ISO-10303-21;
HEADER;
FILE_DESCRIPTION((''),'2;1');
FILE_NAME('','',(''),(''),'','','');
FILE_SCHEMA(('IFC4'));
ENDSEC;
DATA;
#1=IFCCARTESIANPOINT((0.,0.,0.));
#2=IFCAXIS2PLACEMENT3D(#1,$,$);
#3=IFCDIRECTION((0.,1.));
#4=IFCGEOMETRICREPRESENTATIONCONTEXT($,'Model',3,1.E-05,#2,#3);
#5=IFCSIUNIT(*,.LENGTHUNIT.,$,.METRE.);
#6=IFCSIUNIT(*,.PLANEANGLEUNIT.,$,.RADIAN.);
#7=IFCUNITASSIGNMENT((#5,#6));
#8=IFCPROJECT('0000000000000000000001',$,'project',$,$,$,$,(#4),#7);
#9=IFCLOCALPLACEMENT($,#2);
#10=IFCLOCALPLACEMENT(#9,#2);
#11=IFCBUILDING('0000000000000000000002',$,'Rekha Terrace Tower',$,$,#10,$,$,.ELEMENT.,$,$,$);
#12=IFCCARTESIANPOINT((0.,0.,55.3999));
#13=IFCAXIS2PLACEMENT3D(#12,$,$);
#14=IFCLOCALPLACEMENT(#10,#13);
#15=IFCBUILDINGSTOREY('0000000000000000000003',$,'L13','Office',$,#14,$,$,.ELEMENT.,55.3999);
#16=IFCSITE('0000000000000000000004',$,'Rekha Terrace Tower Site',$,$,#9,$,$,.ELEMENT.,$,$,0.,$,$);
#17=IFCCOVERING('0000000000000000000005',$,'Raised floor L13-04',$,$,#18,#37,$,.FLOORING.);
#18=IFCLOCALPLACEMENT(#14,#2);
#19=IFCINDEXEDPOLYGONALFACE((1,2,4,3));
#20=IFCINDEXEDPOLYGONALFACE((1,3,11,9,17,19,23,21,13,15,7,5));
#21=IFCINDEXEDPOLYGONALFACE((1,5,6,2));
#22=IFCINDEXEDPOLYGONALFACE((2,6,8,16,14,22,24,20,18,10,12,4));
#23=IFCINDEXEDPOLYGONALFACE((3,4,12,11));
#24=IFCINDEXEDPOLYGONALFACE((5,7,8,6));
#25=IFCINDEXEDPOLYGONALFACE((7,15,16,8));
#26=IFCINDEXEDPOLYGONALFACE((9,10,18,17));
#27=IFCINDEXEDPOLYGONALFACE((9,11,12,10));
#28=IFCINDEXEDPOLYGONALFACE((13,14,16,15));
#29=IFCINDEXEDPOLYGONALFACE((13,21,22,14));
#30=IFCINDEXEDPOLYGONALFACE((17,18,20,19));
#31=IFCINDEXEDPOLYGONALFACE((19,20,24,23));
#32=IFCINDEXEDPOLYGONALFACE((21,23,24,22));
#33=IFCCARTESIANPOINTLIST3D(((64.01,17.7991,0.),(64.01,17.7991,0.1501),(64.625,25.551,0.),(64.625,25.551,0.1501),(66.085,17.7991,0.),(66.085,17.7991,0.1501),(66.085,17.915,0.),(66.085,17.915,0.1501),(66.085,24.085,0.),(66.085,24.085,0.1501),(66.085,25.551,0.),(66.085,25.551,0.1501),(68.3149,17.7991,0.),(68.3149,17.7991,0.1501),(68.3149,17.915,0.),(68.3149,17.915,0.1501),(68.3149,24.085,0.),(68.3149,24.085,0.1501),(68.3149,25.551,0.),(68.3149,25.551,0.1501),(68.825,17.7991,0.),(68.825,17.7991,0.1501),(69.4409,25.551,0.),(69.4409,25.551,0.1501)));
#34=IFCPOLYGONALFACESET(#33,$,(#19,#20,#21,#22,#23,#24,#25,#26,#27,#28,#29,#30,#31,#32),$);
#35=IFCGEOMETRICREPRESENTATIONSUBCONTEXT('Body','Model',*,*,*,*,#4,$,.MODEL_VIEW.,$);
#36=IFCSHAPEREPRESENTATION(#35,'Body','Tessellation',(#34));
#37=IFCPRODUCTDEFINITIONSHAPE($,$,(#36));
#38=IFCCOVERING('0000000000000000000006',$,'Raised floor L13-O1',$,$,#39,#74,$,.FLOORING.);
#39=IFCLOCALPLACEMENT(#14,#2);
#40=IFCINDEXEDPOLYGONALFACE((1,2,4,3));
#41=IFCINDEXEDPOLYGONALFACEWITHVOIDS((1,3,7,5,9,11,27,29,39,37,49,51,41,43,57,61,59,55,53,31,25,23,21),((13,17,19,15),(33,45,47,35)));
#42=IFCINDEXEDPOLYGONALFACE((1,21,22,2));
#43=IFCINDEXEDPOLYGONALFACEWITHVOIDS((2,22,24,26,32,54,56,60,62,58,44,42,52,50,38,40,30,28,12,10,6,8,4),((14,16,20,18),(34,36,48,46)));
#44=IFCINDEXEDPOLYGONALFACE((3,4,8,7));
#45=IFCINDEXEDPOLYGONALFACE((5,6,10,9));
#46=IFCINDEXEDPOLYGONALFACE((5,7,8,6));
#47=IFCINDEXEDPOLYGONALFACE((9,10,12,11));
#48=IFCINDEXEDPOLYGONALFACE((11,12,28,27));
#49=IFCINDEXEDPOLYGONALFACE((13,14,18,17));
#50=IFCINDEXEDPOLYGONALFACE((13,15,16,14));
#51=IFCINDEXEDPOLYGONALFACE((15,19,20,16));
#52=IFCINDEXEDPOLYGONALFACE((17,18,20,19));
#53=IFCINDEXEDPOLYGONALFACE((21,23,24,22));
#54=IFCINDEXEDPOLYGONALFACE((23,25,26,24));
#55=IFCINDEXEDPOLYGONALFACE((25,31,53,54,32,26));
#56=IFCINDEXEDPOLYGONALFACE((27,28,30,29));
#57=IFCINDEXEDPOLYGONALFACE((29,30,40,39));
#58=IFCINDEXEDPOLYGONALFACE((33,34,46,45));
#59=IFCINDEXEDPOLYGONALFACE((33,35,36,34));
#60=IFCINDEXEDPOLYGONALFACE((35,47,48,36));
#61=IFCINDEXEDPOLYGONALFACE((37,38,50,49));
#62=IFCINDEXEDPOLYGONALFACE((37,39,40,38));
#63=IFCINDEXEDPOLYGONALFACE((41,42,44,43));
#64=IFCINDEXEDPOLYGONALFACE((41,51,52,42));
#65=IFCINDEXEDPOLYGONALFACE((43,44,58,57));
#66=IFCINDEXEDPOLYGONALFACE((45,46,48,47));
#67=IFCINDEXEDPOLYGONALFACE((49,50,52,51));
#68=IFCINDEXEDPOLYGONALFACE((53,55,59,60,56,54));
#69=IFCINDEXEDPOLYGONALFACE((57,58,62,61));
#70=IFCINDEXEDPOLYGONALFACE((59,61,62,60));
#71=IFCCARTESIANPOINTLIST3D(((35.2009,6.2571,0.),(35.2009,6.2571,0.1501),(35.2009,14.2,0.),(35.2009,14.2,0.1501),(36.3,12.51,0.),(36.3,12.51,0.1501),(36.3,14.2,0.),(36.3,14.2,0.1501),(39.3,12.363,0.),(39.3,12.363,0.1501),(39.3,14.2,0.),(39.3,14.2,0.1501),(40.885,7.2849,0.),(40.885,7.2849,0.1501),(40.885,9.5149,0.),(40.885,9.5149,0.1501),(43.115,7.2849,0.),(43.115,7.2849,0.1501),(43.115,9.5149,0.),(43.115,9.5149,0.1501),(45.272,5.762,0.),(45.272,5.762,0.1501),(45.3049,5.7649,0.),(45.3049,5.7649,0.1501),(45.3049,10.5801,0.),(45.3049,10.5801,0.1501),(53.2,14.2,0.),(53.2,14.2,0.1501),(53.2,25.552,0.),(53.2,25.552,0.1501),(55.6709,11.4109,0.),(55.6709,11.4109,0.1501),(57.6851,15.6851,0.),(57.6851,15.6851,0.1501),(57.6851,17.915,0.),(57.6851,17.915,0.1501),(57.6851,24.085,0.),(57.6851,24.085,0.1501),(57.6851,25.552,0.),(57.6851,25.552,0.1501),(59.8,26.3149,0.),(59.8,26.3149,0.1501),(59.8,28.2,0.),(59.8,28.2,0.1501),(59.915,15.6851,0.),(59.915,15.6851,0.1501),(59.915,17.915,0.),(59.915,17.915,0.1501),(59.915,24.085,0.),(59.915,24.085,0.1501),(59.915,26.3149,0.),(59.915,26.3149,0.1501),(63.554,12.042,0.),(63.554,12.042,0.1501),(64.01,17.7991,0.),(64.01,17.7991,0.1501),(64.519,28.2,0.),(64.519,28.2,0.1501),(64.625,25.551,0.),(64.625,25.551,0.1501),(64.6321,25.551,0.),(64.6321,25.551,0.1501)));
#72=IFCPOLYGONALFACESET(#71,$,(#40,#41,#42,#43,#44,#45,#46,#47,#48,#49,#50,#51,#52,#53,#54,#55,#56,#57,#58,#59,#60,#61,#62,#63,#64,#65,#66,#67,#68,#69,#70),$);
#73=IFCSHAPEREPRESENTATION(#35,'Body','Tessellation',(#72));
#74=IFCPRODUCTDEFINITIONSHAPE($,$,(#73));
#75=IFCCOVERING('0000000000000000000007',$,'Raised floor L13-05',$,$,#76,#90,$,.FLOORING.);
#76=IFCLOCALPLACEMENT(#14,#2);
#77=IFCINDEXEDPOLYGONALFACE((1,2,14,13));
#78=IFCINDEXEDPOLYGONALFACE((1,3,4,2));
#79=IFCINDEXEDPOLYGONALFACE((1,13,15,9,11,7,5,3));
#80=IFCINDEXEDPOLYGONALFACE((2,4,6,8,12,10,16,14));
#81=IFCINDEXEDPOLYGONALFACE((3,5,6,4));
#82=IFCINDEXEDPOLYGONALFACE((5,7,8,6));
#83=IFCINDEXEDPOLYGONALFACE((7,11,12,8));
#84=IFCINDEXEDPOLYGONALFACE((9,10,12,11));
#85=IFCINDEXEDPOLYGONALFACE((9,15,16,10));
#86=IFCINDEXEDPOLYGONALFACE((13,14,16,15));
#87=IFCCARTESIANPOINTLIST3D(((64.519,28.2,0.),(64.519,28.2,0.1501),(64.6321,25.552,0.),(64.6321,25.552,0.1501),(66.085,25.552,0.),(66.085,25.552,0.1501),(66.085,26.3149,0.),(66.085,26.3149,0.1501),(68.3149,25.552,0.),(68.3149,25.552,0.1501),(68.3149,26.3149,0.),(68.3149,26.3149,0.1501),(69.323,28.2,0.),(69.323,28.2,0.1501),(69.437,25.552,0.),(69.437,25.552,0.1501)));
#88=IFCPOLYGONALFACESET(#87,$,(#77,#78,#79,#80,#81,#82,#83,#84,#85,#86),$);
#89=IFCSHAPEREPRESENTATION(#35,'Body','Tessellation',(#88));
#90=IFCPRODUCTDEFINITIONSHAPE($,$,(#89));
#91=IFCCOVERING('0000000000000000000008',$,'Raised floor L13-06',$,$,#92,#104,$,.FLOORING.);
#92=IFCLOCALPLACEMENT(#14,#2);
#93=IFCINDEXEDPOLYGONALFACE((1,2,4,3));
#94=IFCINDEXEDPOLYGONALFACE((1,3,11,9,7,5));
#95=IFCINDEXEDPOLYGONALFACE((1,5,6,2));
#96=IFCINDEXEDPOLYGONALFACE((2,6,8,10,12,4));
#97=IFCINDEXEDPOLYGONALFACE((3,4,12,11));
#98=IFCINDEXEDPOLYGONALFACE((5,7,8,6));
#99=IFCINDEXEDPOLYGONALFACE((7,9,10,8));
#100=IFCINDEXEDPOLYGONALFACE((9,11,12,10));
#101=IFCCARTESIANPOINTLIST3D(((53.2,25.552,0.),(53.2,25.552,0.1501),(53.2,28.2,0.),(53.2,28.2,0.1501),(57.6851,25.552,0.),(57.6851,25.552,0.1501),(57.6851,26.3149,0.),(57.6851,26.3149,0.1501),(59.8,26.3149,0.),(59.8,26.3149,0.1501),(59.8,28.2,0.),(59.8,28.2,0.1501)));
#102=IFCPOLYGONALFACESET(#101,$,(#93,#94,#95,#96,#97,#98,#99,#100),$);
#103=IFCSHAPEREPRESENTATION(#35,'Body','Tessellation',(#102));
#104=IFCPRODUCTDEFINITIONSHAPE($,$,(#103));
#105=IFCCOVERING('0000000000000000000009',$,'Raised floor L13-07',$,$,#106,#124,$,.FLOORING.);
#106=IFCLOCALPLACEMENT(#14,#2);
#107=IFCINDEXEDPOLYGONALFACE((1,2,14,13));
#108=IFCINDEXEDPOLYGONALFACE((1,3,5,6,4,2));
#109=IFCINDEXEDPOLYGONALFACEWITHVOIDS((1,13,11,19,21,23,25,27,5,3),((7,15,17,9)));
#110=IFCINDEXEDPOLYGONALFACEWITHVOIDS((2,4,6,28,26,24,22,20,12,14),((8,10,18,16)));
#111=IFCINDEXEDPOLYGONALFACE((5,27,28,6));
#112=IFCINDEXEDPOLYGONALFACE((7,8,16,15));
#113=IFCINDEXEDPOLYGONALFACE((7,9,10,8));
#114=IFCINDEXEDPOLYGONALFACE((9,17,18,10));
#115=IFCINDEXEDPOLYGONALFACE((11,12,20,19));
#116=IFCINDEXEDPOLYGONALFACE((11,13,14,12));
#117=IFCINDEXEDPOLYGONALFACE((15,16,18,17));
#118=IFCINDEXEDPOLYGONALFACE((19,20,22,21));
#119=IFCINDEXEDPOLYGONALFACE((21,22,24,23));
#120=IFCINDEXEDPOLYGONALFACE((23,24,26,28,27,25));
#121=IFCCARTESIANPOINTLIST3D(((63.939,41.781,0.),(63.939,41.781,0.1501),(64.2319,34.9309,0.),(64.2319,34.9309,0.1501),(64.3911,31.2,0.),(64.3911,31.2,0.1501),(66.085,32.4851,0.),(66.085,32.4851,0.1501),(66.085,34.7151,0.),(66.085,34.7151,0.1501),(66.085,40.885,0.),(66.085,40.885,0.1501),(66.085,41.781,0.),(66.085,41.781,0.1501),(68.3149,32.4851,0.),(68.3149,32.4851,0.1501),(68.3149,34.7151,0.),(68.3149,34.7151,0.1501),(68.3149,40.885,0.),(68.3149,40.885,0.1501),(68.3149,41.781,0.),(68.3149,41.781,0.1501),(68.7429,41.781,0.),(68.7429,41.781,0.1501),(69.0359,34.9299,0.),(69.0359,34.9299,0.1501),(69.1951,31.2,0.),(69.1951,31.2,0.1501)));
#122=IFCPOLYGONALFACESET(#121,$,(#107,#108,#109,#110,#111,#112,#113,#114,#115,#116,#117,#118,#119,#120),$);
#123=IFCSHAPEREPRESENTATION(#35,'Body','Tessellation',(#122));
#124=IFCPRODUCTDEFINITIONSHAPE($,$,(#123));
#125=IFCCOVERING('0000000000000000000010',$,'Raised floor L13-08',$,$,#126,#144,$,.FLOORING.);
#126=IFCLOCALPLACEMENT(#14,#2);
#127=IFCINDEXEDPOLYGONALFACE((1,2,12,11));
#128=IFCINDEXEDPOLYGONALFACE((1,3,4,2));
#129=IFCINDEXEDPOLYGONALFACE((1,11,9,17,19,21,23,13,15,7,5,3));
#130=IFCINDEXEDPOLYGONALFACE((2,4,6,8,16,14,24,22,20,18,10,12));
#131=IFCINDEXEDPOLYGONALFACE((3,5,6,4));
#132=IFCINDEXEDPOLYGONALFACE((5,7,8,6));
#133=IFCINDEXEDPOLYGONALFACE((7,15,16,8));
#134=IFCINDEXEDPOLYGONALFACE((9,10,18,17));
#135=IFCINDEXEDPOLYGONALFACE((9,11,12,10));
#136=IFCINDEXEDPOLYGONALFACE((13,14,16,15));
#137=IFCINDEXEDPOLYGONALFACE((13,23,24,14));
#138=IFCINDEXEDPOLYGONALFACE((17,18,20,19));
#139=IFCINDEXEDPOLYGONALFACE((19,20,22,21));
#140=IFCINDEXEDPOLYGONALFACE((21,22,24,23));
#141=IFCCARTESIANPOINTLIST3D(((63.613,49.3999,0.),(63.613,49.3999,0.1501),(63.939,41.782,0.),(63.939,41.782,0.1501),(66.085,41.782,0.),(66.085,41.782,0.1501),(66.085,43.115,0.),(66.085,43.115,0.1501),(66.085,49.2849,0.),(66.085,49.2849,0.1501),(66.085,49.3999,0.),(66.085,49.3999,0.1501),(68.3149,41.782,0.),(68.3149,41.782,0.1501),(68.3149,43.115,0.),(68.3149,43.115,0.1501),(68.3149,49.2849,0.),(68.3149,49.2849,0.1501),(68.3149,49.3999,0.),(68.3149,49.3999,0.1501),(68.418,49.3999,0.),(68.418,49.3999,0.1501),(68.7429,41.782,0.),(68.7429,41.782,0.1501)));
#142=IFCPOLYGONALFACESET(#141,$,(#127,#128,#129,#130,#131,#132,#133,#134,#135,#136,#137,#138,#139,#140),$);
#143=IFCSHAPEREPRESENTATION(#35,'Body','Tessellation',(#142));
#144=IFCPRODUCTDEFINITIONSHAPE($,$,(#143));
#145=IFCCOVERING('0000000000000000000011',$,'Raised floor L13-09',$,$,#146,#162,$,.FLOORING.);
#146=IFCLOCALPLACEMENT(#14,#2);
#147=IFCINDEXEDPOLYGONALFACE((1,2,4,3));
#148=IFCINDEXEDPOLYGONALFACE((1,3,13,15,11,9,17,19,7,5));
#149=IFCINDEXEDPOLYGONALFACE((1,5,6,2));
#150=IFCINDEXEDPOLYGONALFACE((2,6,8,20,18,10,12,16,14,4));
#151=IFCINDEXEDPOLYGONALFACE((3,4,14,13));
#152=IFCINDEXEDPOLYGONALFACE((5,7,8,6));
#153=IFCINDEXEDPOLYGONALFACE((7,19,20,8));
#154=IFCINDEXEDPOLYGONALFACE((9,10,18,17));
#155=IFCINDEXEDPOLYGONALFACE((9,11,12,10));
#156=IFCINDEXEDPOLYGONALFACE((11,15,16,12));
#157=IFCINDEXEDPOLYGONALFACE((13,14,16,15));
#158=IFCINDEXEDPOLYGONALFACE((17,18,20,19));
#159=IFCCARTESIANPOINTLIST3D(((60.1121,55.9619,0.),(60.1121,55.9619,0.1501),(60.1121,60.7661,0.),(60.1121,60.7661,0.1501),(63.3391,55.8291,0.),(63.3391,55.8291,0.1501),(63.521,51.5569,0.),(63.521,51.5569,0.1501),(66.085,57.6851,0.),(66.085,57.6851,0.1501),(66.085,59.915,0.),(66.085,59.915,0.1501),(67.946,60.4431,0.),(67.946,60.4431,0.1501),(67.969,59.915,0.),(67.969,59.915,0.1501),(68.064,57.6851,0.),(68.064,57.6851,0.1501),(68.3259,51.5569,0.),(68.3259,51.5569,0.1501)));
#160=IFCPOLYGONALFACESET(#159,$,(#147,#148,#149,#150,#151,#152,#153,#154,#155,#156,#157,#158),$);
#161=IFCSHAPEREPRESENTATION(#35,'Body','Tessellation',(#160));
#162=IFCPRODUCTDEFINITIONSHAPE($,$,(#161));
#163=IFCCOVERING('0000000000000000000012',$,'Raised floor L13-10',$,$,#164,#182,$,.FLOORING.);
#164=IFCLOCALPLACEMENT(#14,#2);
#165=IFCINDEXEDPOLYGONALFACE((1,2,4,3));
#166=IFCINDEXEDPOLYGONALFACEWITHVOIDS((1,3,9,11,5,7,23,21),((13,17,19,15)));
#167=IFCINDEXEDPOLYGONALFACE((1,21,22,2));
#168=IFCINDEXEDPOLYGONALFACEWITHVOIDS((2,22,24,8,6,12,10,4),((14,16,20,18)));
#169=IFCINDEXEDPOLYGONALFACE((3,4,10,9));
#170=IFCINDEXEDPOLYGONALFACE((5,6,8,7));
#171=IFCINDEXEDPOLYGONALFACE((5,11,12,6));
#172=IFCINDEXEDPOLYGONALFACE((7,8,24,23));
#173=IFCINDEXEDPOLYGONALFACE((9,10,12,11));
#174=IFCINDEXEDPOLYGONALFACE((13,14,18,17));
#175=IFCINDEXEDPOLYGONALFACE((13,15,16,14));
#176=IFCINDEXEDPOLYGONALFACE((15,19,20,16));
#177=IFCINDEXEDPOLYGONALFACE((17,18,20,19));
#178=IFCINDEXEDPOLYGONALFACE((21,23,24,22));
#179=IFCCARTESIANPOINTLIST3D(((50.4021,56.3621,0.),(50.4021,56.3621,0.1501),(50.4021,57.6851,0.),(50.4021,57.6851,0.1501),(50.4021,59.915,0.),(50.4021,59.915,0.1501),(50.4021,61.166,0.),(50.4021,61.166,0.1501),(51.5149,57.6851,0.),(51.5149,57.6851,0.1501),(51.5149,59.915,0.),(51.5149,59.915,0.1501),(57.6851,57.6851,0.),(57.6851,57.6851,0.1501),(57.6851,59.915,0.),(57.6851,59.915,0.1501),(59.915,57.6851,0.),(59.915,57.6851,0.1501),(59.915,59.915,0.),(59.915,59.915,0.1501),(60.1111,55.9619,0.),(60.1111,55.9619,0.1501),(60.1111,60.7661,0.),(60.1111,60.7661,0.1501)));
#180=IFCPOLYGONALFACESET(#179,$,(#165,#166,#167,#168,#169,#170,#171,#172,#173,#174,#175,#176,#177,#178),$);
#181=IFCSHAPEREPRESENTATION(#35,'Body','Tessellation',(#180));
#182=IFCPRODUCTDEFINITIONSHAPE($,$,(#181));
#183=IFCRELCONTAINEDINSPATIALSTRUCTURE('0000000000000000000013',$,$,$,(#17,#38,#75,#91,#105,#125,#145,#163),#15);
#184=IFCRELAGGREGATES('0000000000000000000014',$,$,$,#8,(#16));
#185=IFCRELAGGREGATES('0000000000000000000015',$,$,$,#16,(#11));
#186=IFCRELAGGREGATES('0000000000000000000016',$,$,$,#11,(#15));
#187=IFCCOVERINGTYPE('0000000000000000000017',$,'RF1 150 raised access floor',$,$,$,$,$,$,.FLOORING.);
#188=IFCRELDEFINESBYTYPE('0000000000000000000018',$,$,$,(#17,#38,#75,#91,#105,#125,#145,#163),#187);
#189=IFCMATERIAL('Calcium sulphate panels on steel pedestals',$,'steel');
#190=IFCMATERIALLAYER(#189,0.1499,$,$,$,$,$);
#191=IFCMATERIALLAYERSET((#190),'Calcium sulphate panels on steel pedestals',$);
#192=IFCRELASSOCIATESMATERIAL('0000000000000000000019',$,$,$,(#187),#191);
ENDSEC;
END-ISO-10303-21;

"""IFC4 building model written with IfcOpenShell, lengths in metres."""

from ifc_helpers import new_model, si_unit, direction, frame, origin, place, context, subcontext, project, spatial, polyline, outline, extrude, material, layer, layer_set, type_object, element, save


model = new_model("IFC4")

# Units and contexts
model_context = context("Model", 3, precision=1e-05, world=origin(), true_north=direction((0.0, 1.0)))
body_context = subcontext(model_context, "Body", "Model", "MODEL_VIEW")
ifc_project = project(units=[si_unit("LENGTHUNIT", "METRE"), si_unit("PLANEANGLEUNIT", "RADIAN")], contexts=[model_context])

# Site, building, storey
site_placement = place(None, origin())
site = spatial("IfcSite", under=ifc_project, at=site_placement, Name="Rekha Terrace Tower Site", CompositionType="ELEMENT", RefElevation=0.0)
building_placement = place(site_placement, origin())
building = spatial("IfcBuilding", under=site, at=building_placement, Name="Rekha Terrace Tower", CompositionType="ELEMENT")
storey_placement = place(building_placement, frame((0.0, 0.0, 55.3999)))
storey = spatial("IfcBuildingStorey", under=building, at=storey_placement, Name="L13", Description="Office", CompositionType="ELEMENT", Elevation=55.3999)

# Coverings
ifc_material_1 = material(Name="Calcium sulphate panels on steel pedestals", Category="steel")
ifc_layer_1 = layer(ifc_material_1, 0.1499)
ifc_layer_set_1 = layer_set([ifc_layer_1], Name="Calcium sulphate panels on steel pedestals")
covering_type_1 = type_object("IfcCoveringType", Name="RF1 150 raised access floor", PredefinedType="FLOORING", material=ifc_layer_set_1)
covering_1_placement = place(storey_placement, origin())
element("IfcCovering", 1, at=covering_1_placement, inside=storey, type_object=covering_type_1, Name="Raised floor L13-04", PredefinedType="FLOORING", context=body_context, shape_type="SweptSolid", body=[
    extrude(outline(polyline([(68.3149, 17.915), (68.3149, 17.7991), (68.825, 17.7991), (69.4409, 25.551), (68.3149, 25.551), (68.3149, 24.085), (66.085, 24.085), (66.085, 25.551), (64.625, 25.551), (64.01, 17.7991), (66.085, 17.7991), (66.085, 17.915), (68.3149, 17.915)])), origin(), (0.0, 0.0, 1.0), 0.1501),
])
covering_2_placement = place(storey_placement, origin())
element("IfcCovering", 2, at=covering_2_placement, inside=storey, type_object=covering_type_1, Name="Raised floor L13-O1", PredefinedType="FLOORING", context=body_context, shape_type="SweptSolid", body=[
    extrude(outline(polyline([(45.3049, 10.5801), (55.6709, 11.4109), (63.554, 12.042), (64.01, 17.7991), (64.625, 25.551), (64.6321, 25.551), (64.519, 28.2), (59.8, 28.2), (59.8, 26.3149), (59.915, 26.3149), (59.915, 24.085), (57.6851, 24.085), (57.6851, 25.552), (53.2, 25.552), (53.2, 14.2), (39.3, 14.2), (39.3, 12.363), (36.3, 12.51), (36.3, 14.2), (35.2009, 14.2), (35.2009, 6.2571), (45.272, 5.762), (45.3049, 5.7649), (45.3049, 10.5801)]), holes=[polyline([(59.915, 17.915), (59.915, 15.6851), (57.6851, 15.6851), (57.6851, 17.915), (59.915, 17.915)]), polyline([(43.115, 7.2849), (40.885, 7.2849), (40.885, 9.5149), (43.115, 9.5149), (43.115, 7.2849)])]), origin(), (0.0, 0.0, 1.0), 0.1501),
])
covering_3_placement = place(storey_placement, origin())
element("IfcCovering", 3, at=covering_3_placement, inside=storey, type_object=covering_type_1, Name="Raised floor L13-05", PredefinedType="FLOORING", context=body_context, shape_type="SweptSolid", body=[
    extrude(outline(polyline([(69.437, 25.552), (69.323, 28.2), (64.519, 28.2), (64.6321, 25.552), (66.085, 25.552), (66.085, 26.3149), (68.3149, 26.3149), (68.3149, 25.552), (69.437, 25.552)])), origin(), (0.0, 0.0, 1.0), 0.1501),
])
covering_4_placement = place(storey_placement, origin())
element("IfcCovering", 4, at=covering_4_placement, inside=storey, type_object=covering_type_1, Name="Raised floor L13-06", PredefinedType="FLOORING", context=body_context, shape_type="SweptSolid", body=[
    extrude(outline(polyline([(59.8, 26.3149), (59.8, 28.2), (53.2, 28.2), (53.2, 25.552), (57.6851, 25.552), (57.6851, 26.3149), (59.8, 26.3149)])), origin(), (0.0, 0.0, 1.0), 0.1501),
])
covering_5_placement = place(storey_placement, origin())
element("IfcCovering", 5, at=covering_5_placement, inside=storey, type_object=covering_type_1, Name="Raised floor L13-07", PredefinedType="FLOORING", context=body_context, shape_type="SweptSolid", body=[
    extrude(outline(polyline([(69.1951, 31.2), (69.0359, 34.9299), (68.7429, 41.781), (68.3149, 41.781), (68.3149, 40.885), (66.085, 40.885), (66.085, 41.781), (63.939, 41.781), (64.2319, 34.9309), (64.3911, 31.2), (69.1951, 31.2)]), holes=[polyline([(68.3149, 32.4851), (66.085, 32.4851), (66.085, 34.7151), (68.3149, 34.7151), (68.3149, 32.4851)])]), origin(), (0.0, 0.0, 1.0), 0.1501),
])
covering_6_placement = place(storey_placement, origin())
element("IfcCovering", 6, at=covering_6_placement, inside=storey, type_object=covering_type_1, Name="Raised floor L13-08", PredefinedType="FLOORING", context=body_context, shape_type="SweptSolid", body=[
    extrude(outline(polyline([(68.3149, 41.782), (68.7429, 41.782), (68.418, 49.3999), (68.3149, 49.3999), (68.3149, 49.2849), (66.085, 49.2849), (66.085, 49.3999), (63.613, 49.3999), (63.939, 41.782), (66.085, 41.782), (66.085, 43.115), (68.3149, 43.115), (68.3149, 41.782)])), origin(), (0.0, 0.0, 1.0), 0.1501),
])
covering_7_placement = place(storey_placement, origin())
element("IfcCovering", 7, at=covering_7_placement, inside=storey, type_object=covering_type_1, Name="Raised floor L13-09", PredefinedType="FLOORING", context=body_context, shape_type="SweptSolid", body=[
    extrude(outline(polyline([(67.946, 60.4431), (60.1121, 60.7661), (60.1121, 55.9619), (63.3391, 55.8291), (63.521, 51.5569), (68.3259, 51.5569), (68.064, 57.6851), (66.085, 57.6851), (66.085, 59.915), (67.969, 59.915), (67.946, 60.4431)])), origin(), (0.0, 0.0, 1.0), 0.1501),
])
covering_8_placement = place(storey_placement, origin())
element("IfcCovering", 8, at=covering_8_placement, inside=storey, type_object=covering_type_1, Name="Raised floor L13-10", PredefinedType="FLOORING", context=body_context, shape_type="SweptSolid", body=[
    extrude(outline(polyline([(60.1111, 55.9619), (60.1111, 60.7661), (50.4021, 61.166), (50.4021, 59.915), (51.5149, 59.915), (51.5149, 57.6851), (50.4021, 57.6851), (50.4021, 56.3621), (60.1111, 55.9619)]), holes=[polyline([(59.915, 57.6851), (57.6851, 57.6851), (57.6851, 59.915), (59.915, 59.915), (59.915, 57.6851)])]), origin(), (0.0, 0.0, 1.0), 0.1501),
])

save(model, "model.ifc")
